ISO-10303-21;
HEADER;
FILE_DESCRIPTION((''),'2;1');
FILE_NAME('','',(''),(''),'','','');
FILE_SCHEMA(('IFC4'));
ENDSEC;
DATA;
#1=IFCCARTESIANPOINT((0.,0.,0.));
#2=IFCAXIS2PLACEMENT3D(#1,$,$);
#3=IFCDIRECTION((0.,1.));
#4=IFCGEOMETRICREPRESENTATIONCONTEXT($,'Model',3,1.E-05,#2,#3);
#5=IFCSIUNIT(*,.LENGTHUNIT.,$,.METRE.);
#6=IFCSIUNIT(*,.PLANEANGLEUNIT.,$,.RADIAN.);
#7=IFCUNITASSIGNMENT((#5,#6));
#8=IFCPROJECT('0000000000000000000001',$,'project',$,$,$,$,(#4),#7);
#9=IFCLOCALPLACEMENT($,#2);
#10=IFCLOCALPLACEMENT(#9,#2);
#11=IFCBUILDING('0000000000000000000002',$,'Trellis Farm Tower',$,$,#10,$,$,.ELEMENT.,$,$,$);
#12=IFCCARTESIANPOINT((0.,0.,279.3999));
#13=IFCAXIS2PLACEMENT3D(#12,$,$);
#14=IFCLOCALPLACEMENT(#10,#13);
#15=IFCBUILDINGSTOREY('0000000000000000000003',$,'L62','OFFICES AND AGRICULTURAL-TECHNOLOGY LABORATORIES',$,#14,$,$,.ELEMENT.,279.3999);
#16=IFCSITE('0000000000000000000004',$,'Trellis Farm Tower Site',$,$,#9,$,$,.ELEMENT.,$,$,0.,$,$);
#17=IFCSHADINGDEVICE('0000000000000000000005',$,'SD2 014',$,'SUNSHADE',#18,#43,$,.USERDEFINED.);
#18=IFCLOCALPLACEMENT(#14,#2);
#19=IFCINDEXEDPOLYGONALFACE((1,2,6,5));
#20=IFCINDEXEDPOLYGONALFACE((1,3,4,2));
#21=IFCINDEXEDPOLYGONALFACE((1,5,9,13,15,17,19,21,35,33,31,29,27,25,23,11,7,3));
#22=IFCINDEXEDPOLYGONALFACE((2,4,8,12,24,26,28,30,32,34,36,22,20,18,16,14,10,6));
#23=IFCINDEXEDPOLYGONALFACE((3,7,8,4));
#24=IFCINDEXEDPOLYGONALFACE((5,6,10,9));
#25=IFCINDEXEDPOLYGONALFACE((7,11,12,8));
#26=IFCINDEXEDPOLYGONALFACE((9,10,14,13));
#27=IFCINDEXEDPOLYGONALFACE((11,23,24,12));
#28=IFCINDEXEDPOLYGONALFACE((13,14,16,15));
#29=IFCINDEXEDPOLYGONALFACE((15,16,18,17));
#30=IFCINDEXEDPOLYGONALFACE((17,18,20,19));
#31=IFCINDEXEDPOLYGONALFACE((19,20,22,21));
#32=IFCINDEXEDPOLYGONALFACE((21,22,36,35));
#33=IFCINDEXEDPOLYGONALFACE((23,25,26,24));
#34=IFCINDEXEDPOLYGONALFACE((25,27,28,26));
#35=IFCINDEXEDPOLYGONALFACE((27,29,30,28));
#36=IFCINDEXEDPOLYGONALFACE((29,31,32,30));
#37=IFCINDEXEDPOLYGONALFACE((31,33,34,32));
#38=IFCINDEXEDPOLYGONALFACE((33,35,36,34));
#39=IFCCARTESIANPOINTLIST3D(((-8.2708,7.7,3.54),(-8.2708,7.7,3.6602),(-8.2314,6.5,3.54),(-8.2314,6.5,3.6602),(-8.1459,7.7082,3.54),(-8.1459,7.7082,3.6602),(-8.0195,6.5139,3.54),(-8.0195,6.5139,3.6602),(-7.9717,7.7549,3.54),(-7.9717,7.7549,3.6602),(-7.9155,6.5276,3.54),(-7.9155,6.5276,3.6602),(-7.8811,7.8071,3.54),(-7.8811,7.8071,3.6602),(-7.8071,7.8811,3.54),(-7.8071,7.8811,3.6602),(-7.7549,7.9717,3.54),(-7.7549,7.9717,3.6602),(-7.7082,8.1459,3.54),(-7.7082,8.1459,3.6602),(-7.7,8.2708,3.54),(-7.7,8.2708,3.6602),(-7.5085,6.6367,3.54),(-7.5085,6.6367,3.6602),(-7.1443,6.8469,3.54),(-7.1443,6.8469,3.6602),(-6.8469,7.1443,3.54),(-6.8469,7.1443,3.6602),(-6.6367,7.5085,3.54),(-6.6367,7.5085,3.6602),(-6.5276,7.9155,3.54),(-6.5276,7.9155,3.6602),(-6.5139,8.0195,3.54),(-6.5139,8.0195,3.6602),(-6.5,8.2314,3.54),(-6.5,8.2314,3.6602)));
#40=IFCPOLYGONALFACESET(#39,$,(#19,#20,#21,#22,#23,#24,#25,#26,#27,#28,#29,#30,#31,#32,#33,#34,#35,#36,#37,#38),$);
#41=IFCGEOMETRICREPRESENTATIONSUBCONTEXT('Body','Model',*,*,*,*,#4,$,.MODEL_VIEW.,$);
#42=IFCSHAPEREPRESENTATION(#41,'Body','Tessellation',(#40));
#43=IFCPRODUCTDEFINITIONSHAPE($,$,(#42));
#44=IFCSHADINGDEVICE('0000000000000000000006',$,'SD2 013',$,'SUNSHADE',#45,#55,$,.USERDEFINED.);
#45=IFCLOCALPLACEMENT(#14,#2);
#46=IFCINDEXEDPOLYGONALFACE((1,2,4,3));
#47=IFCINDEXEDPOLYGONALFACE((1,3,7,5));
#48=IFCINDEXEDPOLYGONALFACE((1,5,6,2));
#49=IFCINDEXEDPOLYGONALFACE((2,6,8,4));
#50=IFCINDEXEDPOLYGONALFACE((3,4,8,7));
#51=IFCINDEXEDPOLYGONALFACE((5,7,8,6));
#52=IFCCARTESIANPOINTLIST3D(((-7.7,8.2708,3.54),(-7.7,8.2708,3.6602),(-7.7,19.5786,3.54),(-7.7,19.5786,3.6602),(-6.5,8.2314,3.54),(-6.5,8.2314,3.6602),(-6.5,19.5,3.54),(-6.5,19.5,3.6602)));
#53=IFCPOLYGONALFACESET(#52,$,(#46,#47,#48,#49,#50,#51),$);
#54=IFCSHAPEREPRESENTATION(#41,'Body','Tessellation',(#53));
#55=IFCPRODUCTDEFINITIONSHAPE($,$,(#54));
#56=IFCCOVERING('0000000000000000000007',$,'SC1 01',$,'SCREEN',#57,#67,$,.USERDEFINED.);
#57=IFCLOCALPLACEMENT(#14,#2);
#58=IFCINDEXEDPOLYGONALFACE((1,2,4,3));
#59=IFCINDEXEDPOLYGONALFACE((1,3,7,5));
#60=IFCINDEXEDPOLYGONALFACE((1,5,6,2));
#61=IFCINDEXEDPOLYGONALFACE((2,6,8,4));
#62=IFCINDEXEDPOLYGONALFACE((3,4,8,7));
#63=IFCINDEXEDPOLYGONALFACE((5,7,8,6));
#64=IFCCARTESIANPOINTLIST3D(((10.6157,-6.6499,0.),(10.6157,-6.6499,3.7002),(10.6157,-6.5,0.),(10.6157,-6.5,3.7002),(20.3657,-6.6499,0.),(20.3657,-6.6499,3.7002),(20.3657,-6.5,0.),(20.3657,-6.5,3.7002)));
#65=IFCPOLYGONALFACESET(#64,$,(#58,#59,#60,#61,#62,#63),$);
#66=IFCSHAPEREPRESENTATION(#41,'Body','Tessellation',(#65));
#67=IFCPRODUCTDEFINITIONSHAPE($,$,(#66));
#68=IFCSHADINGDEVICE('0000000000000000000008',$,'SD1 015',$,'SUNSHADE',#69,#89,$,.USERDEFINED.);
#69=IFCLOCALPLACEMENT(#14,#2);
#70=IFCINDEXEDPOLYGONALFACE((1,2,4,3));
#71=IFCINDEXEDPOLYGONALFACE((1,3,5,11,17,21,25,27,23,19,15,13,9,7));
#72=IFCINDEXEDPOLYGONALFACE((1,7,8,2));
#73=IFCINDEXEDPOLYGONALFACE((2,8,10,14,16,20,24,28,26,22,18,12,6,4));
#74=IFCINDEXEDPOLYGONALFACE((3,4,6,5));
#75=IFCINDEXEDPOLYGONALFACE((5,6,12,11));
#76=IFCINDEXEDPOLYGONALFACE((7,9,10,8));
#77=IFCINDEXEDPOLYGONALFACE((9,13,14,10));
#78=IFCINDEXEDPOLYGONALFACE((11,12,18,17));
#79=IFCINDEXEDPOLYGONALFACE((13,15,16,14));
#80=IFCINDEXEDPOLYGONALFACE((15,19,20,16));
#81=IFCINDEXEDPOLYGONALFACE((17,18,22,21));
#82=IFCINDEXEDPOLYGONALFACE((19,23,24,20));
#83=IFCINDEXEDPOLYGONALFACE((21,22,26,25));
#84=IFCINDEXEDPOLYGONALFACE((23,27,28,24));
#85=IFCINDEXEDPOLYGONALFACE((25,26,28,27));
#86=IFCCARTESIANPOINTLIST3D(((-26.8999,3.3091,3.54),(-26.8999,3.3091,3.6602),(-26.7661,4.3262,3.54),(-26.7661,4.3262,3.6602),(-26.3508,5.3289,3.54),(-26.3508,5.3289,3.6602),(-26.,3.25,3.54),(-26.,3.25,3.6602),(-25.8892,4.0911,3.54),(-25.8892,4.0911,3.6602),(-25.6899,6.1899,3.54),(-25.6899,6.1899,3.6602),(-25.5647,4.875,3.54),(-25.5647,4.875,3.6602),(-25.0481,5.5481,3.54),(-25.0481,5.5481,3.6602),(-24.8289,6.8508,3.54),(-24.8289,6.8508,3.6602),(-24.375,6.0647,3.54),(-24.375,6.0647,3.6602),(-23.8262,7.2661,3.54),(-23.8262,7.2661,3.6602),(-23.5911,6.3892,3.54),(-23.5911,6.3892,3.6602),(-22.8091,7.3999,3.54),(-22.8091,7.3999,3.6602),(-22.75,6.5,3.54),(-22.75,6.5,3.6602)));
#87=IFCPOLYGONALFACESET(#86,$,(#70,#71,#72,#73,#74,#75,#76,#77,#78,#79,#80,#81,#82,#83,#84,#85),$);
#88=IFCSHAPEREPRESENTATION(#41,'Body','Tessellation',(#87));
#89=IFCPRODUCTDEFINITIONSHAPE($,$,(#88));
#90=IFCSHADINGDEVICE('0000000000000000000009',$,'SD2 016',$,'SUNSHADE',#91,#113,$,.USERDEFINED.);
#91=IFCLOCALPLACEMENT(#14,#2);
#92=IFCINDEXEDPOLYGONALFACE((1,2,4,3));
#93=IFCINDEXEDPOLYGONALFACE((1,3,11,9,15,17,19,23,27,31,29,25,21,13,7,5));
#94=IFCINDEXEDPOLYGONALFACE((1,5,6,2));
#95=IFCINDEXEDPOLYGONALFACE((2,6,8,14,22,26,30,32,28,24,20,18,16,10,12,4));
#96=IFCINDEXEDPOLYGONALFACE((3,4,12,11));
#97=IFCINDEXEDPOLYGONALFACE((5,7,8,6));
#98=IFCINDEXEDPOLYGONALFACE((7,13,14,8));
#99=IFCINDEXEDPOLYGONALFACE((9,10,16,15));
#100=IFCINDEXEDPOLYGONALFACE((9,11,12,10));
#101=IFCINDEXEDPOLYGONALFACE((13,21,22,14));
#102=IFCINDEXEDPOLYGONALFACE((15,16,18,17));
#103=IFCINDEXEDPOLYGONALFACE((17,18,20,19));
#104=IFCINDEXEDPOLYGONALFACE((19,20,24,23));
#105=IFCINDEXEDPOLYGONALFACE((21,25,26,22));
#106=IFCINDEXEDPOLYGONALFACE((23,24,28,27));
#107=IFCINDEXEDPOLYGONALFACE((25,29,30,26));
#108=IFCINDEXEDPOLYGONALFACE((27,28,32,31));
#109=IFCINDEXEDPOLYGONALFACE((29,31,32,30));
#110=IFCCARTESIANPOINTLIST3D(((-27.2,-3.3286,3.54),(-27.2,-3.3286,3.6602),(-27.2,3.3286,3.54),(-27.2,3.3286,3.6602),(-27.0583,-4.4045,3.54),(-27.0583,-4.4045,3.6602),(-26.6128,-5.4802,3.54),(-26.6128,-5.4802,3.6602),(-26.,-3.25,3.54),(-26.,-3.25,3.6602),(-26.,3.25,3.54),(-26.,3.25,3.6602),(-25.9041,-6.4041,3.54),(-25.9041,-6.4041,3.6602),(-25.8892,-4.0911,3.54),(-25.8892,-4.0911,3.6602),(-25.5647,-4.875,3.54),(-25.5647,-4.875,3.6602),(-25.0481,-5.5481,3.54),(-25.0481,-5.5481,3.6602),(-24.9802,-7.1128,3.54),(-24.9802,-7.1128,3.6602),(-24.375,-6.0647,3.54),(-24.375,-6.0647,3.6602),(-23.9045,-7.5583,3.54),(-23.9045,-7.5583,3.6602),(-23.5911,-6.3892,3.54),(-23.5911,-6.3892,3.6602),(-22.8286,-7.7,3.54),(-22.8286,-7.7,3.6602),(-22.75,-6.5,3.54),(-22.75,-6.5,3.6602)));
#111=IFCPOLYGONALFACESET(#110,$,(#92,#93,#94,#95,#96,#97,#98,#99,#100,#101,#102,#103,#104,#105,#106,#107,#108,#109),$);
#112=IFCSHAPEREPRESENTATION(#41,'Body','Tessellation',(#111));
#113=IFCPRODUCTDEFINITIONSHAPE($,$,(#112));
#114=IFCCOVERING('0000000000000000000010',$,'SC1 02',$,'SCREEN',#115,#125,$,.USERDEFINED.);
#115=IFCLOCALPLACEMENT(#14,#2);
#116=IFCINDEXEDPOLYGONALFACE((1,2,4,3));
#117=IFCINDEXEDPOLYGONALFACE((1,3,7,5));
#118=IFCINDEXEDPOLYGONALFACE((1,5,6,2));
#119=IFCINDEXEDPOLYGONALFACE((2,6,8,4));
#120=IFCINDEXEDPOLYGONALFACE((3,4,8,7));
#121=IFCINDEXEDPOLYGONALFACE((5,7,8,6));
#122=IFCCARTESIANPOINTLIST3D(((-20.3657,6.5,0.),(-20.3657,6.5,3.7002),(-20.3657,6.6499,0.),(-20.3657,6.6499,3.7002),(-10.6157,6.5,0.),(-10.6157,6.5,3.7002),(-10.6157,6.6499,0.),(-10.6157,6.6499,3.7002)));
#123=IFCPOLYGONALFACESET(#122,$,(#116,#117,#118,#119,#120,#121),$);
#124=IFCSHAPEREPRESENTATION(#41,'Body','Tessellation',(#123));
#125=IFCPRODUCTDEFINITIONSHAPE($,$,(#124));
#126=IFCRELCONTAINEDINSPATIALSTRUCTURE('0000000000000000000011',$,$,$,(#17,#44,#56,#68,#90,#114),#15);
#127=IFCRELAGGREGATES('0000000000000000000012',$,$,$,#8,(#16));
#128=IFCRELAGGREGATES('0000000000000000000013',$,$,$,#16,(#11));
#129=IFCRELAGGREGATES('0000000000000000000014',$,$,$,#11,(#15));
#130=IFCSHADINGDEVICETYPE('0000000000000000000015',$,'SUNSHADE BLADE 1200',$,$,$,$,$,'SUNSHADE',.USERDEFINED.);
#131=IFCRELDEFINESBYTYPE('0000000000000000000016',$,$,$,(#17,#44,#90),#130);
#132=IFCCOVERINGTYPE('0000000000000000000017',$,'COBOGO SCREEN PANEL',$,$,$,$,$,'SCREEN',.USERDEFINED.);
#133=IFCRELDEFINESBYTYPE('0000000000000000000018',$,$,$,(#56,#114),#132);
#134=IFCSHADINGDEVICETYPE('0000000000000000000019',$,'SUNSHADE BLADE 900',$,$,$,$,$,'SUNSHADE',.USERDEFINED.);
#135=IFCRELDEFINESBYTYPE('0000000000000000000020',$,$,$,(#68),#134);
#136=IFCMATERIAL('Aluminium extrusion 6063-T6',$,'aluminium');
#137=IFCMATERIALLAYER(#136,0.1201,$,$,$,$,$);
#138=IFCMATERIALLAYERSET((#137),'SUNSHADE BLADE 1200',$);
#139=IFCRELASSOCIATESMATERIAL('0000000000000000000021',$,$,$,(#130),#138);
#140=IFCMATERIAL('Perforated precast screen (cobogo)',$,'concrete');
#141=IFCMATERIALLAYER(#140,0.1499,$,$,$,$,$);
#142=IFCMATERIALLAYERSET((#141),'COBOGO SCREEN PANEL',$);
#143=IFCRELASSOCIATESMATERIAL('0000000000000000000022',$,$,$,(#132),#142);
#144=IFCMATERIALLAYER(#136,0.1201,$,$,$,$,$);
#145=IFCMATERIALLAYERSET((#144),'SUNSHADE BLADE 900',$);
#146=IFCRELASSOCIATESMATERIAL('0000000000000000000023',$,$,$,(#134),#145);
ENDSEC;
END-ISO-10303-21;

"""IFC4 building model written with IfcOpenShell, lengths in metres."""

from ifc_helpers import new_model, si_unit, direction, frame, origin, place, context, subcontext, project, spatial, polyline, outline, extrude, source, transform, mapped, material, layer, layer_set, type_object, element, save


model = new_model("IFC4")

# Units and contexts
model_context = context("Model", 3, precision=1e-05, world=origin(), true_north=direction((0.0, 1.0)))
body_context = subcontext(model_context, "Body", "Model", "MODEL_VIEW")
ifc_project = project(units=[si_unit("LENGTHUNIT", "METRE"), si_unit("PLANEANGLEUNIT", "RADIAN")], contexts=[model_context])

# Site, building, storey
site_placement = place(None, origin())
site = spatial("IfcSite", under=ifc_project, at=site_placement, Name="Trellis Farm Tower Site", CompositionType="ELEMENT", RefElevation=0.0)
building_placement = place(site_placement, origin())
building = spatial("IfcBuilding", under=site, at=building_placement, Name="Trellis Farm Tower", CompositionType="ELEMENT")
storey_placement = place(building_placement, frame((0.0, 0.0, 279.3999)))
storey = spatial("IfcBuildingStorey", under=building, at=storey_placement, Name="L62", Description="OFFICES AND AGRICULTURAL-TECHNOLOGY LABORATORIES", CompositionType="ELEMENT", Elevation=279.3999)

# Shared definitions
placement_1 = place(storey_placement, origin())
ifc_material_1 = material(Name="Aluminium extrusion 6063-T6", Category="aluminium")

# Shading devices
ifc_layer_1 = layer(ifc_material_1, 0.1201)
ifc_layer_set_1 = layer_set([ifc_layer_1], Name="SUNSHADE BLADE 1200")
shading_device_type_1 = type_object("IfcShadingDeviceType", Name="SUNSHADE BLADE 1200", ElementType="SUNSHADE", PredefinedType="USERDEFINED", material=ifc_layer_set_1)
shared_shape_1 = source(origin(), body_context, "Body", "SweptSolid", [
    extrude(outline(polyline([(-7.7, 8.2708), (-7.7087, 8.1372), (-7.707, 8.1501), (-7.7549, 7.9717), (-7.8071, 7.8811), (-7.8811, 7.8071), (-7.9717, 7.7549), (-8.1501, 7.707), (-8.1372, 7.7087), (-8.2708, 7.7), (-8.2314, 6.5), (-8.0195, 6.5139), (-7.9155, 6.5276), (-7.5085, 6.6367), (-7.1443, 6.8469), (-6.8469, 7.1443), (-6.6367, 7.5085), (-6.5276, 7.9155), (-6.5139, 8.0195), (-6.5, 8.2314), (-7.7, 8.2708)])), origin(), (0.0, 0.0, 1.0), 0.1201),
])
placement_2 = place(storey_placement, frame((0.0, 0.0, 3.54)))
element("IfcShadingDevice", 1, at=placement_2, inside=storey, type_object=shading_device_type_1, Name="SD2 014", ObjectType="SUNSHADE", PredefinedType="USERDEFINED", context=body_context, shape_type="MappedRepresentation", body=[
    mapped(shared_shape_1, transform((0.0, 0.0, 0.0))),
])
shared_shape_2 = source(origin(), body_context, "Body", "SweptSolid", [
    extrude(outline(polyline([(-7.7, 19.5786), (-7.7, 8.2708), (-6.5, 8.2314), (-6.5, 19.5), (-7.7, 19.5786)])), origin(), (0.0, 0.0, 1.0), 0.1201),
])
element("IfcShadingDevice", 2, at=placement_2, inside=storey, type_object=shading_device_type_1, Name="SD2 013", ObjectType="SUNSHADE", PredefinedType="USERDEFINED", context=body_context, shape_type="MappedRepresentation", body=[
    mapped(shared_shape_2, transform((0.0, 0.0, 0.0))),
])

# Covering
ifc_material_2 = material(Name="Perforated precast screen (cobogo)", Category="concrete")
ifc_layer_2 = layer(ifc_material_2, 0.1499)
ifc_layer_set_2 = layer_set([ifc_layer_2], Name="COBOGO SCREEN PANEL")
covering_type = type_object("IfcCoveringType", Name="COBOGO SCREEN PANEL", ElementType="SCREEN", PredefinedType="USERDEFINED", material=ifc_layer_set_2)
shared_shape_3 = source(origin(), body_context, "Body", "SweptSolid", [
    extrude(outline(polyline([(10.6157, -6.6499), (20.3657, -6.6499), (20.3657, -6.5), (10.6157, -6.5), (10.6157, -6.6499)])), origin(), (0.0, 0.0, 1.0), 3.7002),
])
element("IfcCovering", 3, at=placement_1, inside=storey, type_object=covering_type, Name="SC1 01", ObjectType="SCREEN", PredefinedType="USERDEFINED", context=body_context, shape_type="MappedRepresentation", body=[
    mapped(shared_shape_3, transform((0.0, 0.0, 0.0))),
])

# Shading devices
ifc_layer_3 = layer(ifc_material_1, 0.1201)
ifc_layer_set_3 = layer_set([ifc_layer_3], Name="SUNSHADE BLADE 900")
shading_device_type_2 = type_object("IfcShadingDeviceType", Name="SUNSHADE BLADE 900", ElementType="SUNSHADE", PredefinedType="USERDEFINED", material=ifc_layer_set_3)
shared_shape_4 = source(origin(), body_context, "Body", "SweptSolid", [
    extrude(outline(polyline([(-22.8091, 7.3999), (-23.8262, 7.2661), (-24.8289, 6.8508), (-25.6899, 6.1899), (-26.3508, 5.3289), (-26.7661, 4.3262), (-26.8999, 3.3091), (-26.0, 3.25), (-25.8892, 4.0911), (-25.5647, 4.875), (-25.0481, 5.5481), (-24.375, 6.0647), (-23.5911, 6.3892), (-22.75, 6.5), (-22.8091, 7.3999)])), origin(), (0.0, 0.0, 1.0), 0.1201),
])
element("IfcShadingDevice", 4, at=placement_2, inside=storey, type_object=shading_device_type_2, Name="SD1 015", ObjectType="SUNSHADE", PredefinedType="USERDEFINED", context=body_context, shape_type="MappedRepresentation", body=[
    mapped(shared_shape_4, transform((0.0, 0.0, 0.0))),
])
shared_shape_5 = source(origin(), body_context, "Body", "SweptSolid", [
    extrude(outline(polyline([(-27.2, 3.3286), (-27.2, -3.3286), (-27.0583, -4.4045), (-26.6128, -5.4802), (-25.9041, -6.4041), (-24.9802, -7.1128), (-23.9045, -7.5583), (-22.8286, -7.7), (-22.75, -6.5), (-23.5911, -6.3892), (-24.375, -6.0647), (-25.0481, -5.5481), (-25.5647, -4.875), (-25.8892, -4.0911), (-26.0, -3.25), (-26.0, 3.25), (-27.2, 3.3286)])), origin(), (0.0, 0.0, 1.0), 0.1201),
])
element("IfcShadingDevice", 5, at=placement_2, inside=storey, type_object=shading_device_type_1, Name="SD2 016", ObjectType="SUNSHADE", PredefinedType="USERDEFINED", context=body_context, shape_type="MappedRepresentation", body=[
    mapped(shared_shape_5, transform((0.0, 0.0, 0.0))),
])

# Covering
shared_shape_6 = source(origin(), body_context, "Body", "SweptSolid", [
    extrude(outline(polyline([(-10.6157, 6.6499), (-20.3657, 6.6499), (-20.3657, 6.5), (-10.6157, 6.5), (-10.6157, 6.6499)])), origin(), (0.0, 0.0, 1.0), 3.7002),
])
element("IfcCovering", 6, at=placement_1, inside=storey, type_object=covering_type, Name="SC1 02", ObjectType="SCREEN", PredefinedType="USERDEFINED", context=body_context, shape_type="MappedRepresentation", body=[
    mapped(shared_shape_6, transform((0.0, 0.0, 0.0))),
])

save(model, "model.ifc")
